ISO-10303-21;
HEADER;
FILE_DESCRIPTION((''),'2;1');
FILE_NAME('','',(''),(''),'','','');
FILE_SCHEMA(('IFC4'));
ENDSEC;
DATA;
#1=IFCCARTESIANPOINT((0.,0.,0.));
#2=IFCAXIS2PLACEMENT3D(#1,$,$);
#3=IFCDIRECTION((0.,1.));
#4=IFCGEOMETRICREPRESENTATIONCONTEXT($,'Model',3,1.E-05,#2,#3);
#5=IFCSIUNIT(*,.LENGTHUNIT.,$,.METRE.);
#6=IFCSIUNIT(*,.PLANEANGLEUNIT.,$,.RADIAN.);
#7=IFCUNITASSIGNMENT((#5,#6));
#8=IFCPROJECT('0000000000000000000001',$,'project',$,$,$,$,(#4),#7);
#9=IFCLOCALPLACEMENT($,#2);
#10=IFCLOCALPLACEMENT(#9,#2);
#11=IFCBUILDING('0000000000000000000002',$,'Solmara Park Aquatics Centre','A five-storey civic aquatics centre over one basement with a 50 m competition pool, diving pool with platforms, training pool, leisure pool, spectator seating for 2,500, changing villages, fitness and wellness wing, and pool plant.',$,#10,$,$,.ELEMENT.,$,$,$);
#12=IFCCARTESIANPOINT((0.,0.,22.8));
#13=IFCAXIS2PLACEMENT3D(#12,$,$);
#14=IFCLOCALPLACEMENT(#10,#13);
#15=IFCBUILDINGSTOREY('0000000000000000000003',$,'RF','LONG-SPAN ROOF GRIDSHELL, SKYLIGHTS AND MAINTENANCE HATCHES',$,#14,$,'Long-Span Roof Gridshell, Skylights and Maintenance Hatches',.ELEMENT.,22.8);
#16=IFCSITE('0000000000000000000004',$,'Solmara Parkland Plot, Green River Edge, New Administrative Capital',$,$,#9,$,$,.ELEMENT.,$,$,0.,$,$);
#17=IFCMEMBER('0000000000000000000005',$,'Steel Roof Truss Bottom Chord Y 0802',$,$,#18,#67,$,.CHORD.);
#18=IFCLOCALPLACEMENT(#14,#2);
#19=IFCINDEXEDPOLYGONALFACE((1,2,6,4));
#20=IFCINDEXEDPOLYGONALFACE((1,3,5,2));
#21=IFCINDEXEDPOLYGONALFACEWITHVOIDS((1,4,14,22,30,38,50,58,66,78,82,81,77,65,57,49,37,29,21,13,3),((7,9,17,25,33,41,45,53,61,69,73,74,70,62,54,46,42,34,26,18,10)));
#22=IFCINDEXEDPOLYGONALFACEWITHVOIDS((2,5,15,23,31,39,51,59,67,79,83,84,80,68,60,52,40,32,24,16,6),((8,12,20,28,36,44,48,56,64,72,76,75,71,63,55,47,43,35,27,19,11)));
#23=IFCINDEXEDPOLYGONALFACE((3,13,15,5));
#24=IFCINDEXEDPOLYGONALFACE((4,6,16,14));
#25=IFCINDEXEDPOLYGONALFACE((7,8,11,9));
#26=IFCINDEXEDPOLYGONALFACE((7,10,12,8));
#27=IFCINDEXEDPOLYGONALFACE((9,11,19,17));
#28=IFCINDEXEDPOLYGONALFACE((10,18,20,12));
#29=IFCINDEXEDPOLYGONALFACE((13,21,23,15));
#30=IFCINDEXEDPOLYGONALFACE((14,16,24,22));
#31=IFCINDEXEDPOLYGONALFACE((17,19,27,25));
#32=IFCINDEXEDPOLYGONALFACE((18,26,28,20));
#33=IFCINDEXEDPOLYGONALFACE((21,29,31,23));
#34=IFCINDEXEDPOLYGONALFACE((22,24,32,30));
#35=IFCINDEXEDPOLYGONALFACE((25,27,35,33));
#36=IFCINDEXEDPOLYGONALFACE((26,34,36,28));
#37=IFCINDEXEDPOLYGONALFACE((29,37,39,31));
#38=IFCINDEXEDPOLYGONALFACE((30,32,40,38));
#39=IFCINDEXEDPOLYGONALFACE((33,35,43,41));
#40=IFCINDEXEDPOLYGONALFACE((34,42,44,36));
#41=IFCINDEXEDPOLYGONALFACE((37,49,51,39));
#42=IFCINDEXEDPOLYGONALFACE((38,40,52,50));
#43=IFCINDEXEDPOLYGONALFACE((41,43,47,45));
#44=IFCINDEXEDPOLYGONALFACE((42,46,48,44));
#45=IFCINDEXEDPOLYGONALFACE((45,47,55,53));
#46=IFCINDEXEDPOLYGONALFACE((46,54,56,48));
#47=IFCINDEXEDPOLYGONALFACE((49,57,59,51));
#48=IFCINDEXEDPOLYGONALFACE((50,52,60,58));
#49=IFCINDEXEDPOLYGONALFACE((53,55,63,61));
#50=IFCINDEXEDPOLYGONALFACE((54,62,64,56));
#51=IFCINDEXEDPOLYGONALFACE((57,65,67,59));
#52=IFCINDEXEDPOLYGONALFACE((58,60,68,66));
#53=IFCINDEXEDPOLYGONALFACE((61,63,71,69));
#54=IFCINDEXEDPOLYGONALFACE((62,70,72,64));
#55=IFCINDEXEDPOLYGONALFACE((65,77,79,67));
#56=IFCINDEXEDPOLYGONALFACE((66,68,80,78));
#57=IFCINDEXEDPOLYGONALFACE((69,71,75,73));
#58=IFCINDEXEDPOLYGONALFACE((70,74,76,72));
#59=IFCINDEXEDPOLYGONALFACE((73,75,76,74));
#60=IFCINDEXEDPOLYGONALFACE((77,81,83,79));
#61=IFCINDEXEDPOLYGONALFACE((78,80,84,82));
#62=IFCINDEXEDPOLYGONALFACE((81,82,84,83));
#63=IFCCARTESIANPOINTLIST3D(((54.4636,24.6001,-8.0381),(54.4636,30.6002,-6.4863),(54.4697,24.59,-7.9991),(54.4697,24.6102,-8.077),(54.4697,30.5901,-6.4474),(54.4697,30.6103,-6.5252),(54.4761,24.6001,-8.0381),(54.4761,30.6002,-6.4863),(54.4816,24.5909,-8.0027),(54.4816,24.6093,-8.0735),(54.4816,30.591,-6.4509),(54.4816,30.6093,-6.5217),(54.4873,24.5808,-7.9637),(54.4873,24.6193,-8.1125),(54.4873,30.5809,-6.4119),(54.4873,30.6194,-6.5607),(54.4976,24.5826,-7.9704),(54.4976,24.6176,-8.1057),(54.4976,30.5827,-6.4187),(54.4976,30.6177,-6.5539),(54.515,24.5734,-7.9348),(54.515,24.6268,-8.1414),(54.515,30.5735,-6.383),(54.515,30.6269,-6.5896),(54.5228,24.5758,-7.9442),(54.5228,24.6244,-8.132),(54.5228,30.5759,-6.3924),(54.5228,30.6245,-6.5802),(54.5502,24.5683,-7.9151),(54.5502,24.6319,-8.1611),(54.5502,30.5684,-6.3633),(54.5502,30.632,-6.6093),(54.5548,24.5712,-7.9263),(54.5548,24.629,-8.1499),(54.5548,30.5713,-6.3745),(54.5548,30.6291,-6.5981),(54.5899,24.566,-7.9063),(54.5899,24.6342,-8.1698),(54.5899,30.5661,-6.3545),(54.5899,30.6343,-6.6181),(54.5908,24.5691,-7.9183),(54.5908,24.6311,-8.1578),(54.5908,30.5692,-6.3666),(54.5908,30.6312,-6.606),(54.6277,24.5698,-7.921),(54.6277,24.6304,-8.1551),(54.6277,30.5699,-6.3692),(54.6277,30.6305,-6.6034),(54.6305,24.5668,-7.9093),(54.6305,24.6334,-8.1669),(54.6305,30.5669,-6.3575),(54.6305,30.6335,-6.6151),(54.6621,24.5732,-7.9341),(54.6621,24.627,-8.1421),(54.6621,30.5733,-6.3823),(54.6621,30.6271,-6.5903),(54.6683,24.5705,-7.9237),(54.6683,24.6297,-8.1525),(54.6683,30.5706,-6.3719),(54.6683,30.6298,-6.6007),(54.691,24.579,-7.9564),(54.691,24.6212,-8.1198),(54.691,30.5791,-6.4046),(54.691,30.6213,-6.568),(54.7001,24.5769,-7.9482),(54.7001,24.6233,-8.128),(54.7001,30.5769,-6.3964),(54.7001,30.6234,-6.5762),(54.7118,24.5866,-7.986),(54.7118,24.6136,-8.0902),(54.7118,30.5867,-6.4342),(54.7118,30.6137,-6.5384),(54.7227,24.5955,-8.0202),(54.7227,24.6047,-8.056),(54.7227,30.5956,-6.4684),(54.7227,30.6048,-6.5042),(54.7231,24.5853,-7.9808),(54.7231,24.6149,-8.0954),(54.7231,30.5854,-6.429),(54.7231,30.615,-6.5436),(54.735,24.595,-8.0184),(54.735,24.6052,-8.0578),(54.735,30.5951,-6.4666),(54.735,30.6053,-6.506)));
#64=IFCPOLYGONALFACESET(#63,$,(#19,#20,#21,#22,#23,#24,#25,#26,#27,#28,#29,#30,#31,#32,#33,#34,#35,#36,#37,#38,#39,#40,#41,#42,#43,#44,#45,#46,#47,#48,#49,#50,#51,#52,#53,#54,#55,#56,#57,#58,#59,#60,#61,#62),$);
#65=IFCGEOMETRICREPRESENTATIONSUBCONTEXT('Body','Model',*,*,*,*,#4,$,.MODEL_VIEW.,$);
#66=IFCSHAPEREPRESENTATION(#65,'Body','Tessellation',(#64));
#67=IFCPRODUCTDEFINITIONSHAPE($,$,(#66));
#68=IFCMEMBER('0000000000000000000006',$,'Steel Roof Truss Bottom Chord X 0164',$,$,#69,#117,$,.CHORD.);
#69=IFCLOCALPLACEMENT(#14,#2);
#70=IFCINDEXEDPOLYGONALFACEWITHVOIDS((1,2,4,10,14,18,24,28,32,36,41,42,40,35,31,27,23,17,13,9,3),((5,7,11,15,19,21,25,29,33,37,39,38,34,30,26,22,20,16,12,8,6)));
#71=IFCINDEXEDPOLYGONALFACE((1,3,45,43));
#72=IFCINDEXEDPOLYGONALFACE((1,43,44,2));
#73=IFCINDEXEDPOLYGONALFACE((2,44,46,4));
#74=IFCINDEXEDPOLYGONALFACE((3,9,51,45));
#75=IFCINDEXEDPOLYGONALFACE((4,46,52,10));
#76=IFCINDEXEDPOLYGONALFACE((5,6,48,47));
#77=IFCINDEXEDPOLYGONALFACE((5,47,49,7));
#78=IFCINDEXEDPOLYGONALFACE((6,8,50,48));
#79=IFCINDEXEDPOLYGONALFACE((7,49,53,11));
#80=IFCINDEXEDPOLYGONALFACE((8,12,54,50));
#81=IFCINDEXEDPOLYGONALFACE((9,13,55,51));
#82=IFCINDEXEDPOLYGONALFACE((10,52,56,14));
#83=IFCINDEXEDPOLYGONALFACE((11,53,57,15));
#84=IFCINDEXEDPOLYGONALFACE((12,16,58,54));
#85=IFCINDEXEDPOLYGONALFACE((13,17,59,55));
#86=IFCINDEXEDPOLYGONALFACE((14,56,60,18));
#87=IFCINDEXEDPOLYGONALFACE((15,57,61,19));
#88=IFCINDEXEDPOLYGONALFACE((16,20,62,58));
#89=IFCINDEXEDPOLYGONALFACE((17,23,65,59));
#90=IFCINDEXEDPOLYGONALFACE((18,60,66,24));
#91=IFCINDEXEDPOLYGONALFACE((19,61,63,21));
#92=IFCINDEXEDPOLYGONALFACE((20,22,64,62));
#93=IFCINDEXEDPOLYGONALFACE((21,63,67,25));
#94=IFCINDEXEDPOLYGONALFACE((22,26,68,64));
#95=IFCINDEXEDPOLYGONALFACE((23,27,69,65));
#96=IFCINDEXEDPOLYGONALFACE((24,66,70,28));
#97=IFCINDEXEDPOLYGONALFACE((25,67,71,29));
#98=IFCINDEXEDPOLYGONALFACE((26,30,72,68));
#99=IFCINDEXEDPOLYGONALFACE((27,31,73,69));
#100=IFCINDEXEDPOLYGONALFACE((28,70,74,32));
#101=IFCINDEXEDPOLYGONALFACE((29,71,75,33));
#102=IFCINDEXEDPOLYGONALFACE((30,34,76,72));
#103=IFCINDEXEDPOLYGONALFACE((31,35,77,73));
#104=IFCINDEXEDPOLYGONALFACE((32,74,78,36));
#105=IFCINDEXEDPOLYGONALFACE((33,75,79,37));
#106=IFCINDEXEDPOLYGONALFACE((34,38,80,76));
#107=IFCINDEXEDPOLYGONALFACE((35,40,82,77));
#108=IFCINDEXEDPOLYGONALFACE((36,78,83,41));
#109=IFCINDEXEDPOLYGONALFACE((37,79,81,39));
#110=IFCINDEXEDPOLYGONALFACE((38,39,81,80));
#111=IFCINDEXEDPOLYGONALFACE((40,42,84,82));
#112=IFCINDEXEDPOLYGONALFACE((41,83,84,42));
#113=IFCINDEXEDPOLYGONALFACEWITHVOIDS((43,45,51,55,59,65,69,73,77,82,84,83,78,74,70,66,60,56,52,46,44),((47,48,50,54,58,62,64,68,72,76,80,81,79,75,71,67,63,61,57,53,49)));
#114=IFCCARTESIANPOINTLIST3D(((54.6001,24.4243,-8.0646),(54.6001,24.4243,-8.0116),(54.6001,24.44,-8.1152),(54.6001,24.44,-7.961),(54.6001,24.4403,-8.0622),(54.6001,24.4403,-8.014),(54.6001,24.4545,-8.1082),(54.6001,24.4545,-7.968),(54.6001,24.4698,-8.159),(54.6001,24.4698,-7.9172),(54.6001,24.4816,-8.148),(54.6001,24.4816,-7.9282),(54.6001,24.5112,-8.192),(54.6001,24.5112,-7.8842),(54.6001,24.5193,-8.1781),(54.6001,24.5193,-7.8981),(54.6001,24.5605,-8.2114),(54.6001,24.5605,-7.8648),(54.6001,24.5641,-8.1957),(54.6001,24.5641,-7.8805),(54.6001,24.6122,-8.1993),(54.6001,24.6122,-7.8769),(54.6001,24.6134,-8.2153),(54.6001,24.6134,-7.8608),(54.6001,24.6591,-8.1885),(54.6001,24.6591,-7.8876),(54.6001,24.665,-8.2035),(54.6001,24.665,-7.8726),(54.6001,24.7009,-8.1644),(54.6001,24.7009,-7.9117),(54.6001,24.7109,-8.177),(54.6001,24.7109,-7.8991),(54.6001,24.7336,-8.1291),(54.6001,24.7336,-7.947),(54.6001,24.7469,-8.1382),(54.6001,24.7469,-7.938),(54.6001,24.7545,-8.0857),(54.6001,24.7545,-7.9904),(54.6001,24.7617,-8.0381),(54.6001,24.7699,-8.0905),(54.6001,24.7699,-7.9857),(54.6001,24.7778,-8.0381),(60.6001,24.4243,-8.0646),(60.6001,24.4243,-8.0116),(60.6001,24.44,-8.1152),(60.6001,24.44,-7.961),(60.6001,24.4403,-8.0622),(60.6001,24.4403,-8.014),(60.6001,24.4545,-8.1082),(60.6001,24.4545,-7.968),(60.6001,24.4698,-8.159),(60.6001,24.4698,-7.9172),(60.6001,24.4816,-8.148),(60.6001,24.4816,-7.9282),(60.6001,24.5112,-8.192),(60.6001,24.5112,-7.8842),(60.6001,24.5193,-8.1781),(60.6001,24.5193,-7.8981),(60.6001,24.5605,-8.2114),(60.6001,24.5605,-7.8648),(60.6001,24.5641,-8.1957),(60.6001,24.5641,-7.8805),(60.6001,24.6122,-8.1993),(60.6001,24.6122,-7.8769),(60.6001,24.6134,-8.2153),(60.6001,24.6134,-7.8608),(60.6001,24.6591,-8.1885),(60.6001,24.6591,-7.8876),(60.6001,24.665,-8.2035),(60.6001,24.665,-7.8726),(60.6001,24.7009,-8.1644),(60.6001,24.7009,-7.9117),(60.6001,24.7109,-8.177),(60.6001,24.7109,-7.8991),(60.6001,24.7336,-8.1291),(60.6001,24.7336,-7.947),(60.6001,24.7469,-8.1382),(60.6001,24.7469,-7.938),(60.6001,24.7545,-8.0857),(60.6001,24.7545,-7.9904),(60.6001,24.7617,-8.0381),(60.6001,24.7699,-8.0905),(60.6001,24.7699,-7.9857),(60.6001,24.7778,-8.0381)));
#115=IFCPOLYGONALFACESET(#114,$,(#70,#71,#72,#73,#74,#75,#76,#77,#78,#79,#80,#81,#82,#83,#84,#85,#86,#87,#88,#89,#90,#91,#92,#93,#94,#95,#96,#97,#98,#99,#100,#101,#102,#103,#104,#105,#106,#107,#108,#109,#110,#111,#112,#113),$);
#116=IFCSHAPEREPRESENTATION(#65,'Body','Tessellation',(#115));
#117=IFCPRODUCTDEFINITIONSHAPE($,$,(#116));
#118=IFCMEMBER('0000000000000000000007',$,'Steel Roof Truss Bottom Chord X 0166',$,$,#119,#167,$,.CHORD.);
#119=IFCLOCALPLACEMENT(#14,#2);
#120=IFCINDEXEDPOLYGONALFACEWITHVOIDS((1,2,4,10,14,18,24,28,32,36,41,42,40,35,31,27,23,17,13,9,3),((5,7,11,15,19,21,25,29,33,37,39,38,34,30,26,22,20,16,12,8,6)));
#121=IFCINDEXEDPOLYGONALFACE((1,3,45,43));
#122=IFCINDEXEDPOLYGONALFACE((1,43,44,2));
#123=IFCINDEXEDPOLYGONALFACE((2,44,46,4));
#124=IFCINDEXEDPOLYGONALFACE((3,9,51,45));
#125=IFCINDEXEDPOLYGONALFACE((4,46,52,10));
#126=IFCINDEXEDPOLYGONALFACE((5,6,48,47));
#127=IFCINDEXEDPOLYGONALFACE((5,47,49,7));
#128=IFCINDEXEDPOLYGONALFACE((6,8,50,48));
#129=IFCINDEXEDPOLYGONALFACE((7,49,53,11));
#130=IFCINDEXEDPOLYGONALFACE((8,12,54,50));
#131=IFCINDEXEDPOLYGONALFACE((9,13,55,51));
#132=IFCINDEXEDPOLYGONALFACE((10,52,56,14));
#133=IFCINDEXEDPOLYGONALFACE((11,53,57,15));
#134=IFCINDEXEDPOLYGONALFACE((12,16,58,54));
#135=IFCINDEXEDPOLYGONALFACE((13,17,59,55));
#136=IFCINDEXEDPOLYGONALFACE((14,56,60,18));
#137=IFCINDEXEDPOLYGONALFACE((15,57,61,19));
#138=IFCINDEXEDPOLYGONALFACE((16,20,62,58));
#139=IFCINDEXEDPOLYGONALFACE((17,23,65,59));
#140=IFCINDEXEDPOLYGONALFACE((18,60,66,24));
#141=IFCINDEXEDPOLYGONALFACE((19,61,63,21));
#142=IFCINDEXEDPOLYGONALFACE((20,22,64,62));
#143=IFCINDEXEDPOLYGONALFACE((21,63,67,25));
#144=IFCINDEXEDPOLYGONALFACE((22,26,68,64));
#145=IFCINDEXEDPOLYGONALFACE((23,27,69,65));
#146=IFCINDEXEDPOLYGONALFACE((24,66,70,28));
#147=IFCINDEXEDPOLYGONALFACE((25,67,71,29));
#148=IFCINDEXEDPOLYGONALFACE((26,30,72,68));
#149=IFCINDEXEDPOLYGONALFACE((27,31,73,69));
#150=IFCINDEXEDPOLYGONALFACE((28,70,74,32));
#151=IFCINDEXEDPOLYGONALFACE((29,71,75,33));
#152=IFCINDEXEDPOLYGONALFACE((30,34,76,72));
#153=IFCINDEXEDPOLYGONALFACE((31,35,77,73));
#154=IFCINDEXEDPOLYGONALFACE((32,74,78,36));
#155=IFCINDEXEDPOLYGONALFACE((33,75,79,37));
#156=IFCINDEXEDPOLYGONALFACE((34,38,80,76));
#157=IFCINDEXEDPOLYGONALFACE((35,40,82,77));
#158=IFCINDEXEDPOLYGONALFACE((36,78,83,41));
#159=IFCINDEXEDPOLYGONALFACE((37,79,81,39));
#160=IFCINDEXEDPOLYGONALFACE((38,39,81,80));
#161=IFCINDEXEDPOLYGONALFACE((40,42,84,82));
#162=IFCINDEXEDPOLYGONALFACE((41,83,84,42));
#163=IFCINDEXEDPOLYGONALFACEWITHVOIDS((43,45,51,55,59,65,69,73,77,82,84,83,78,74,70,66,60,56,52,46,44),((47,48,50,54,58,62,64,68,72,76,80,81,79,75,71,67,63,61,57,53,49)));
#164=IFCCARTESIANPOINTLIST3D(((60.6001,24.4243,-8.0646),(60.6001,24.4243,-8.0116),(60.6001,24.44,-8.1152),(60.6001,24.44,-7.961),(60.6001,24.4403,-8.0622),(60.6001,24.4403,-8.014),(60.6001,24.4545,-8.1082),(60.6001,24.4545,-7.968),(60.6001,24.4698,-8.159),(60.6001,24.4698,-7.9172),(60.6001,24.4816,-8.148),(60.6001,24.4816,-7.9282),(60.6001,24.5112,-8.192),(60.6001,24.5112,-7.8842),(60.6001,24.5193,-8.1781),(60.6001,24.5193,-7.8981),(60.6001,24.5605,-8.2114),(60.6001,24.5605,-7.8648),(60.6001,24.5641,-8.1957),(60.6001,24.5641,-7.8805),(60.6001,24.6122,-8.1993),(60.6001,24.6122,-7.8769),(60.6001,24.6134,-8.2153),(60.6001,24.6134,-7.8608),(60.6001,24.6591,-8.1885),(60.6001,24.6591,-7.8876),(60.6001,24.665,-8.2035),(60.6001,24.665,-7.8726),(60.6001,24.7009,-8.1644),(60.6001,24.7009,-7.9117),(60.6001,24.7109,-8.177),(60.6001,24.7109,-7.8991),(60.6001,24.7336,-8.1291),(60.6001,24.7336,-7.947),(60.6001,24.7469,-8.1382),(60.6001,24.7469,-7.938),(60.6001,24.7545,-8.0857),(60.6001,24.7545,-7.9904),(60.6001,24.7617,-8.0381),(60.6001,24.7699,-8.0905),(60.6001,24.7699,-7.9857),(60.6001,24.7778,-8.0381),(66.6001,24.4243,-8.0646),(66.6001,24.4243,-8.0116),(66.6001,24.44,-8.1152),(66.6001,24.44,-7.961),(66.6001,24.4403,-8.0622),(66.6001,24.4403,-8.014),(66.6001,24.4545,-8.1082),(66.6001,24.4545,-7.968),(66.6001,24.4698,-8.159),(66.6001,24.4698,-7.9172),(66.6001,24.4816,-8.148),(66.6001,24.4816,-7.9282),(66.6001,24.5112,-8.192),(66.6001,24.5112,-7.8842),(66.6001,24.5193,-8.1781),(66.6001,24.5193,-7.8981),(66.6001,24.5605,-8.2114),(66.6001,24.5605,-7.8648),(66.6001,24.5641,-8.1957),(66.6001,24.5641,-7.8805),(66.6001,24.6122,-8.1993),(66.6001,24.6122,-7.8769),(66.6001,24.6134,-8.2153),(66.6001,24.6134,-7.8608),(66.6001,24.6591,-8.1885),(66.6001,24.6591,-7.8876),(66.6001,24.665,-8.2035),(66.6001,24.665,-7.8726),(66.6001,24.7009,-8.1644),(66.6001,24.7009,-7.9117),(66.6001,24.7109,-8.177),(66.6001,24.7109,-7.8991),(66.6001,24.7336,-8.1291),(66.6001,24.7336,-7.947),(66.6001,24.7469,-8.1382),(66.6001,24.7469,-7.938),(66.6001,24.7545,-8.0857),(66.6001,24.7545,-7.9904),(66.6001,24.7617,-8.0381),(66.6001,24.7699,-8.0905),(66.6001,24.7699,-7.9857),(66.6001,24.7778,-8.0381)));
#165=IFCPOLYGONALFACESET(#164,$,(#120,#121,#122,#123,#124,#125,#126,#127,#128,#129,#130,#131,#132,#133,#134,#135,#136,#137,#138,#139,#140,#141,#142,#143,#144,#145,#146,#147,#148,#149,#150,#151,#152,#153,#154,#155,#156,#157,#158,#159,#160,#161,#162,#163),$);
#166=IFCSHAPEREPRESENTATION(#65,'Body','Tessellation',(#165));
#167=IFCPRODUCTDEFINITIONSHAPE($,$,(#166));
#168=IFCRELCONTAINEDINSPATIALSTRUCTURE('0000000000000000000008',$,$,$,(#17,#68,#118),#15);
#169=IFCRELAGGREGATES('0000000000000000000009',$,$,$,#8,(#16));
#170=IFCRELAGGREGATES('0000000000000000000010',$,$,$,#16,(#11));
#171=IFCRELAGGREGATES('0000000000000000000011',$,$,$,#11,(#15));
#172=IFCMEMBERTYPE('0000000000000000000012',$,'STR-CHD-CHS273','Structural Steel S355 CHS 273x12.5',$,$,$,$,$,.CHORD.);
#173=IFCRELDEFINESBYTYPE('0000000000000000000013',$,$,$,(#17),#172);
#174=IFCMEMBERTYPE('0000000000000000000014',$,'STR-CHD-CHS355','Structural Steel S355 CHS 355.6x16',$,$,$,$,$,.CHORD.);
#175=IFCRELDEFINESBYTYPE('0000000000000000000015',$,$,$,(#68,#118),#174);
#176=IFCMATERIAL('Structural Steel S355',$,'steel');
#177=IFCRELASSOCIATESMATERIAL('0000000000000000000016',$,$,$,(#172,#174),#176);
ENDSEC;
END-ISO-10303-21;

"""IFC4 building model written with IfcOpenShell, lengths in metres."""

from ifc_helpers import new_model, si_unit, direction, frame, origin, origin_2d, place, context, subcontext, project, spatial, hollow_circle, extrude, material, material_profile, profile_set, type_object, element, save


model = new_model("IFC4")

# Units and contexts
model_context = context("Model", 3, precision=1e-05, world=origin(), true_north=direction((0.0, 1.0)))
body_context = subcontext(model_context, "Body", "Model", "MODEL_VIEW")
ifc_project = project(units=[si_unit("LENGTHUNIT", "METRE"), si_unit("PLANEANGLEUNIT", "RADIAN")], contexts=[model_context])

# Site, building, storey
site_placement = place(None, origin())
site = spatial("IfcSite", under=ifc_project, at=site_placement, Name="Solmara Parkland Plot, Green River Edge, New Administrative Capital", CompositionType="ELEMENT", RefElevation=0.0)
building_placement = place(site_placement, origin())
building = spatial("IfcBuilding", under=site, at=building_placement, Name="Solmara Park Aquatics Centre", Description="A five-storey civic aquatics centre over one basement with a 50 m competition pool, diving pool with platforms, training pool, leisure pool, spectator seating for 2,500, changing villages, fitness and wellness wing, and pool plant.", CompositionType="ELEMENT")
storey_placement = place(building_placement, frame((0.0, 0.0, 22.8)))
storey = spatial("IfcBuildingStorey", under=building, at=storey_placement, Name="RF", Description="LONG-SPAN ROOF GRIDSHELL, SKYLIGHTS AND MAINTENANCE HATCHES", LongName="Long-Span Roof Gridshell, Skylights and Maintenance Hatches", CompositionType="ELEMENT", Elevation=22.8)

# Members
ifc_material_1 = material(Name="Structural Steel S355", Category="steel")
ifc_material_profile_1 = material_profile(ifc_material_1, hollow_circle(Radius=0.1365, WallThickness=0.0125, at=origin_2d()), Name="CHS 273x12.5")
ifc_profile_set_1 = profile_set([ifc_material_profile_1], Name="Structural Steel S355")
member_type_1 = type_object("IfcMemberType", Name="STR-CHD-CHS273", Description="Structural Steel S355 CHS 273x12.5", PredefinedType="CHORD", material=ifc_profile_set_1)
member_1_placement = place(storey_placement, frame((54.6001, 24.6001, -8.0381), z_axis=(0.0, 0.968146, 0.250388), x_axis=(-1.0, 0.0, 0.0)))
element("IfcMember", 1, at=member_1_placement, inside=storey, type_object=member_type_1, Name="Steel Roof Truss Bottom Chord Y 0802", PredefinedType="CHORD", context=body_context, shape_type="SweptSolid", body=[
    extrude(hollow_circle(Radius=0.1365, WallThickness=0.0125, at=origin_2d()), origin(), (0.0, 0.0, 1.0), 6.1975),
])
ifc_material_profile_2 = material_profile(ifc_material_1, hollow_circle(Radius=0.1777, WallThickness=0.0161, at=origin_2d()), Name="CHS 355.6x16")
ifc_profile_set_2 = profile_set([ifc_material_profile_2], Name="Structural Steel S355")
member_type_2 = type_object("IfcMemberType", Name="STR-CHD-CHS355", Description="Structural Steel S355 CHS 355.6x16", PredefinedType="CHORD", material=ifc_profile_set_2)
for number, where, z_axis, x_axis, name in (
    (2, (54.6001, 24.6001, -8.0381), (1.0, 0.0, 0.0), (0.0, 1.0, 0.0), "Steel Roof Truss Bottom Chord X 0164"),
    (3, (60.6001, 24.6001, -8.0381), (1.0, 0.0, 0.0), (0.0, 1.0, 0.0), "Steel Roof Truss Bottom Chord X 0166"),
):
    element("IfcMember", number, at=place(storey_placement, frame(where, z_axis=z_axis, x_axis=x_axis)), inside=storey, type_object=member_type_2, Name=name, PredefinedType="CHORD", context=body_context, shape_type="SweptSolid", body=[
        extrude(hollow_circle(Radius=0.1777, WallThickness=0.0161, at=origin_2d()), origin(), (0.0, 0.0, 1.0), 6.0),
    ])

save(model, "model.ifc")
